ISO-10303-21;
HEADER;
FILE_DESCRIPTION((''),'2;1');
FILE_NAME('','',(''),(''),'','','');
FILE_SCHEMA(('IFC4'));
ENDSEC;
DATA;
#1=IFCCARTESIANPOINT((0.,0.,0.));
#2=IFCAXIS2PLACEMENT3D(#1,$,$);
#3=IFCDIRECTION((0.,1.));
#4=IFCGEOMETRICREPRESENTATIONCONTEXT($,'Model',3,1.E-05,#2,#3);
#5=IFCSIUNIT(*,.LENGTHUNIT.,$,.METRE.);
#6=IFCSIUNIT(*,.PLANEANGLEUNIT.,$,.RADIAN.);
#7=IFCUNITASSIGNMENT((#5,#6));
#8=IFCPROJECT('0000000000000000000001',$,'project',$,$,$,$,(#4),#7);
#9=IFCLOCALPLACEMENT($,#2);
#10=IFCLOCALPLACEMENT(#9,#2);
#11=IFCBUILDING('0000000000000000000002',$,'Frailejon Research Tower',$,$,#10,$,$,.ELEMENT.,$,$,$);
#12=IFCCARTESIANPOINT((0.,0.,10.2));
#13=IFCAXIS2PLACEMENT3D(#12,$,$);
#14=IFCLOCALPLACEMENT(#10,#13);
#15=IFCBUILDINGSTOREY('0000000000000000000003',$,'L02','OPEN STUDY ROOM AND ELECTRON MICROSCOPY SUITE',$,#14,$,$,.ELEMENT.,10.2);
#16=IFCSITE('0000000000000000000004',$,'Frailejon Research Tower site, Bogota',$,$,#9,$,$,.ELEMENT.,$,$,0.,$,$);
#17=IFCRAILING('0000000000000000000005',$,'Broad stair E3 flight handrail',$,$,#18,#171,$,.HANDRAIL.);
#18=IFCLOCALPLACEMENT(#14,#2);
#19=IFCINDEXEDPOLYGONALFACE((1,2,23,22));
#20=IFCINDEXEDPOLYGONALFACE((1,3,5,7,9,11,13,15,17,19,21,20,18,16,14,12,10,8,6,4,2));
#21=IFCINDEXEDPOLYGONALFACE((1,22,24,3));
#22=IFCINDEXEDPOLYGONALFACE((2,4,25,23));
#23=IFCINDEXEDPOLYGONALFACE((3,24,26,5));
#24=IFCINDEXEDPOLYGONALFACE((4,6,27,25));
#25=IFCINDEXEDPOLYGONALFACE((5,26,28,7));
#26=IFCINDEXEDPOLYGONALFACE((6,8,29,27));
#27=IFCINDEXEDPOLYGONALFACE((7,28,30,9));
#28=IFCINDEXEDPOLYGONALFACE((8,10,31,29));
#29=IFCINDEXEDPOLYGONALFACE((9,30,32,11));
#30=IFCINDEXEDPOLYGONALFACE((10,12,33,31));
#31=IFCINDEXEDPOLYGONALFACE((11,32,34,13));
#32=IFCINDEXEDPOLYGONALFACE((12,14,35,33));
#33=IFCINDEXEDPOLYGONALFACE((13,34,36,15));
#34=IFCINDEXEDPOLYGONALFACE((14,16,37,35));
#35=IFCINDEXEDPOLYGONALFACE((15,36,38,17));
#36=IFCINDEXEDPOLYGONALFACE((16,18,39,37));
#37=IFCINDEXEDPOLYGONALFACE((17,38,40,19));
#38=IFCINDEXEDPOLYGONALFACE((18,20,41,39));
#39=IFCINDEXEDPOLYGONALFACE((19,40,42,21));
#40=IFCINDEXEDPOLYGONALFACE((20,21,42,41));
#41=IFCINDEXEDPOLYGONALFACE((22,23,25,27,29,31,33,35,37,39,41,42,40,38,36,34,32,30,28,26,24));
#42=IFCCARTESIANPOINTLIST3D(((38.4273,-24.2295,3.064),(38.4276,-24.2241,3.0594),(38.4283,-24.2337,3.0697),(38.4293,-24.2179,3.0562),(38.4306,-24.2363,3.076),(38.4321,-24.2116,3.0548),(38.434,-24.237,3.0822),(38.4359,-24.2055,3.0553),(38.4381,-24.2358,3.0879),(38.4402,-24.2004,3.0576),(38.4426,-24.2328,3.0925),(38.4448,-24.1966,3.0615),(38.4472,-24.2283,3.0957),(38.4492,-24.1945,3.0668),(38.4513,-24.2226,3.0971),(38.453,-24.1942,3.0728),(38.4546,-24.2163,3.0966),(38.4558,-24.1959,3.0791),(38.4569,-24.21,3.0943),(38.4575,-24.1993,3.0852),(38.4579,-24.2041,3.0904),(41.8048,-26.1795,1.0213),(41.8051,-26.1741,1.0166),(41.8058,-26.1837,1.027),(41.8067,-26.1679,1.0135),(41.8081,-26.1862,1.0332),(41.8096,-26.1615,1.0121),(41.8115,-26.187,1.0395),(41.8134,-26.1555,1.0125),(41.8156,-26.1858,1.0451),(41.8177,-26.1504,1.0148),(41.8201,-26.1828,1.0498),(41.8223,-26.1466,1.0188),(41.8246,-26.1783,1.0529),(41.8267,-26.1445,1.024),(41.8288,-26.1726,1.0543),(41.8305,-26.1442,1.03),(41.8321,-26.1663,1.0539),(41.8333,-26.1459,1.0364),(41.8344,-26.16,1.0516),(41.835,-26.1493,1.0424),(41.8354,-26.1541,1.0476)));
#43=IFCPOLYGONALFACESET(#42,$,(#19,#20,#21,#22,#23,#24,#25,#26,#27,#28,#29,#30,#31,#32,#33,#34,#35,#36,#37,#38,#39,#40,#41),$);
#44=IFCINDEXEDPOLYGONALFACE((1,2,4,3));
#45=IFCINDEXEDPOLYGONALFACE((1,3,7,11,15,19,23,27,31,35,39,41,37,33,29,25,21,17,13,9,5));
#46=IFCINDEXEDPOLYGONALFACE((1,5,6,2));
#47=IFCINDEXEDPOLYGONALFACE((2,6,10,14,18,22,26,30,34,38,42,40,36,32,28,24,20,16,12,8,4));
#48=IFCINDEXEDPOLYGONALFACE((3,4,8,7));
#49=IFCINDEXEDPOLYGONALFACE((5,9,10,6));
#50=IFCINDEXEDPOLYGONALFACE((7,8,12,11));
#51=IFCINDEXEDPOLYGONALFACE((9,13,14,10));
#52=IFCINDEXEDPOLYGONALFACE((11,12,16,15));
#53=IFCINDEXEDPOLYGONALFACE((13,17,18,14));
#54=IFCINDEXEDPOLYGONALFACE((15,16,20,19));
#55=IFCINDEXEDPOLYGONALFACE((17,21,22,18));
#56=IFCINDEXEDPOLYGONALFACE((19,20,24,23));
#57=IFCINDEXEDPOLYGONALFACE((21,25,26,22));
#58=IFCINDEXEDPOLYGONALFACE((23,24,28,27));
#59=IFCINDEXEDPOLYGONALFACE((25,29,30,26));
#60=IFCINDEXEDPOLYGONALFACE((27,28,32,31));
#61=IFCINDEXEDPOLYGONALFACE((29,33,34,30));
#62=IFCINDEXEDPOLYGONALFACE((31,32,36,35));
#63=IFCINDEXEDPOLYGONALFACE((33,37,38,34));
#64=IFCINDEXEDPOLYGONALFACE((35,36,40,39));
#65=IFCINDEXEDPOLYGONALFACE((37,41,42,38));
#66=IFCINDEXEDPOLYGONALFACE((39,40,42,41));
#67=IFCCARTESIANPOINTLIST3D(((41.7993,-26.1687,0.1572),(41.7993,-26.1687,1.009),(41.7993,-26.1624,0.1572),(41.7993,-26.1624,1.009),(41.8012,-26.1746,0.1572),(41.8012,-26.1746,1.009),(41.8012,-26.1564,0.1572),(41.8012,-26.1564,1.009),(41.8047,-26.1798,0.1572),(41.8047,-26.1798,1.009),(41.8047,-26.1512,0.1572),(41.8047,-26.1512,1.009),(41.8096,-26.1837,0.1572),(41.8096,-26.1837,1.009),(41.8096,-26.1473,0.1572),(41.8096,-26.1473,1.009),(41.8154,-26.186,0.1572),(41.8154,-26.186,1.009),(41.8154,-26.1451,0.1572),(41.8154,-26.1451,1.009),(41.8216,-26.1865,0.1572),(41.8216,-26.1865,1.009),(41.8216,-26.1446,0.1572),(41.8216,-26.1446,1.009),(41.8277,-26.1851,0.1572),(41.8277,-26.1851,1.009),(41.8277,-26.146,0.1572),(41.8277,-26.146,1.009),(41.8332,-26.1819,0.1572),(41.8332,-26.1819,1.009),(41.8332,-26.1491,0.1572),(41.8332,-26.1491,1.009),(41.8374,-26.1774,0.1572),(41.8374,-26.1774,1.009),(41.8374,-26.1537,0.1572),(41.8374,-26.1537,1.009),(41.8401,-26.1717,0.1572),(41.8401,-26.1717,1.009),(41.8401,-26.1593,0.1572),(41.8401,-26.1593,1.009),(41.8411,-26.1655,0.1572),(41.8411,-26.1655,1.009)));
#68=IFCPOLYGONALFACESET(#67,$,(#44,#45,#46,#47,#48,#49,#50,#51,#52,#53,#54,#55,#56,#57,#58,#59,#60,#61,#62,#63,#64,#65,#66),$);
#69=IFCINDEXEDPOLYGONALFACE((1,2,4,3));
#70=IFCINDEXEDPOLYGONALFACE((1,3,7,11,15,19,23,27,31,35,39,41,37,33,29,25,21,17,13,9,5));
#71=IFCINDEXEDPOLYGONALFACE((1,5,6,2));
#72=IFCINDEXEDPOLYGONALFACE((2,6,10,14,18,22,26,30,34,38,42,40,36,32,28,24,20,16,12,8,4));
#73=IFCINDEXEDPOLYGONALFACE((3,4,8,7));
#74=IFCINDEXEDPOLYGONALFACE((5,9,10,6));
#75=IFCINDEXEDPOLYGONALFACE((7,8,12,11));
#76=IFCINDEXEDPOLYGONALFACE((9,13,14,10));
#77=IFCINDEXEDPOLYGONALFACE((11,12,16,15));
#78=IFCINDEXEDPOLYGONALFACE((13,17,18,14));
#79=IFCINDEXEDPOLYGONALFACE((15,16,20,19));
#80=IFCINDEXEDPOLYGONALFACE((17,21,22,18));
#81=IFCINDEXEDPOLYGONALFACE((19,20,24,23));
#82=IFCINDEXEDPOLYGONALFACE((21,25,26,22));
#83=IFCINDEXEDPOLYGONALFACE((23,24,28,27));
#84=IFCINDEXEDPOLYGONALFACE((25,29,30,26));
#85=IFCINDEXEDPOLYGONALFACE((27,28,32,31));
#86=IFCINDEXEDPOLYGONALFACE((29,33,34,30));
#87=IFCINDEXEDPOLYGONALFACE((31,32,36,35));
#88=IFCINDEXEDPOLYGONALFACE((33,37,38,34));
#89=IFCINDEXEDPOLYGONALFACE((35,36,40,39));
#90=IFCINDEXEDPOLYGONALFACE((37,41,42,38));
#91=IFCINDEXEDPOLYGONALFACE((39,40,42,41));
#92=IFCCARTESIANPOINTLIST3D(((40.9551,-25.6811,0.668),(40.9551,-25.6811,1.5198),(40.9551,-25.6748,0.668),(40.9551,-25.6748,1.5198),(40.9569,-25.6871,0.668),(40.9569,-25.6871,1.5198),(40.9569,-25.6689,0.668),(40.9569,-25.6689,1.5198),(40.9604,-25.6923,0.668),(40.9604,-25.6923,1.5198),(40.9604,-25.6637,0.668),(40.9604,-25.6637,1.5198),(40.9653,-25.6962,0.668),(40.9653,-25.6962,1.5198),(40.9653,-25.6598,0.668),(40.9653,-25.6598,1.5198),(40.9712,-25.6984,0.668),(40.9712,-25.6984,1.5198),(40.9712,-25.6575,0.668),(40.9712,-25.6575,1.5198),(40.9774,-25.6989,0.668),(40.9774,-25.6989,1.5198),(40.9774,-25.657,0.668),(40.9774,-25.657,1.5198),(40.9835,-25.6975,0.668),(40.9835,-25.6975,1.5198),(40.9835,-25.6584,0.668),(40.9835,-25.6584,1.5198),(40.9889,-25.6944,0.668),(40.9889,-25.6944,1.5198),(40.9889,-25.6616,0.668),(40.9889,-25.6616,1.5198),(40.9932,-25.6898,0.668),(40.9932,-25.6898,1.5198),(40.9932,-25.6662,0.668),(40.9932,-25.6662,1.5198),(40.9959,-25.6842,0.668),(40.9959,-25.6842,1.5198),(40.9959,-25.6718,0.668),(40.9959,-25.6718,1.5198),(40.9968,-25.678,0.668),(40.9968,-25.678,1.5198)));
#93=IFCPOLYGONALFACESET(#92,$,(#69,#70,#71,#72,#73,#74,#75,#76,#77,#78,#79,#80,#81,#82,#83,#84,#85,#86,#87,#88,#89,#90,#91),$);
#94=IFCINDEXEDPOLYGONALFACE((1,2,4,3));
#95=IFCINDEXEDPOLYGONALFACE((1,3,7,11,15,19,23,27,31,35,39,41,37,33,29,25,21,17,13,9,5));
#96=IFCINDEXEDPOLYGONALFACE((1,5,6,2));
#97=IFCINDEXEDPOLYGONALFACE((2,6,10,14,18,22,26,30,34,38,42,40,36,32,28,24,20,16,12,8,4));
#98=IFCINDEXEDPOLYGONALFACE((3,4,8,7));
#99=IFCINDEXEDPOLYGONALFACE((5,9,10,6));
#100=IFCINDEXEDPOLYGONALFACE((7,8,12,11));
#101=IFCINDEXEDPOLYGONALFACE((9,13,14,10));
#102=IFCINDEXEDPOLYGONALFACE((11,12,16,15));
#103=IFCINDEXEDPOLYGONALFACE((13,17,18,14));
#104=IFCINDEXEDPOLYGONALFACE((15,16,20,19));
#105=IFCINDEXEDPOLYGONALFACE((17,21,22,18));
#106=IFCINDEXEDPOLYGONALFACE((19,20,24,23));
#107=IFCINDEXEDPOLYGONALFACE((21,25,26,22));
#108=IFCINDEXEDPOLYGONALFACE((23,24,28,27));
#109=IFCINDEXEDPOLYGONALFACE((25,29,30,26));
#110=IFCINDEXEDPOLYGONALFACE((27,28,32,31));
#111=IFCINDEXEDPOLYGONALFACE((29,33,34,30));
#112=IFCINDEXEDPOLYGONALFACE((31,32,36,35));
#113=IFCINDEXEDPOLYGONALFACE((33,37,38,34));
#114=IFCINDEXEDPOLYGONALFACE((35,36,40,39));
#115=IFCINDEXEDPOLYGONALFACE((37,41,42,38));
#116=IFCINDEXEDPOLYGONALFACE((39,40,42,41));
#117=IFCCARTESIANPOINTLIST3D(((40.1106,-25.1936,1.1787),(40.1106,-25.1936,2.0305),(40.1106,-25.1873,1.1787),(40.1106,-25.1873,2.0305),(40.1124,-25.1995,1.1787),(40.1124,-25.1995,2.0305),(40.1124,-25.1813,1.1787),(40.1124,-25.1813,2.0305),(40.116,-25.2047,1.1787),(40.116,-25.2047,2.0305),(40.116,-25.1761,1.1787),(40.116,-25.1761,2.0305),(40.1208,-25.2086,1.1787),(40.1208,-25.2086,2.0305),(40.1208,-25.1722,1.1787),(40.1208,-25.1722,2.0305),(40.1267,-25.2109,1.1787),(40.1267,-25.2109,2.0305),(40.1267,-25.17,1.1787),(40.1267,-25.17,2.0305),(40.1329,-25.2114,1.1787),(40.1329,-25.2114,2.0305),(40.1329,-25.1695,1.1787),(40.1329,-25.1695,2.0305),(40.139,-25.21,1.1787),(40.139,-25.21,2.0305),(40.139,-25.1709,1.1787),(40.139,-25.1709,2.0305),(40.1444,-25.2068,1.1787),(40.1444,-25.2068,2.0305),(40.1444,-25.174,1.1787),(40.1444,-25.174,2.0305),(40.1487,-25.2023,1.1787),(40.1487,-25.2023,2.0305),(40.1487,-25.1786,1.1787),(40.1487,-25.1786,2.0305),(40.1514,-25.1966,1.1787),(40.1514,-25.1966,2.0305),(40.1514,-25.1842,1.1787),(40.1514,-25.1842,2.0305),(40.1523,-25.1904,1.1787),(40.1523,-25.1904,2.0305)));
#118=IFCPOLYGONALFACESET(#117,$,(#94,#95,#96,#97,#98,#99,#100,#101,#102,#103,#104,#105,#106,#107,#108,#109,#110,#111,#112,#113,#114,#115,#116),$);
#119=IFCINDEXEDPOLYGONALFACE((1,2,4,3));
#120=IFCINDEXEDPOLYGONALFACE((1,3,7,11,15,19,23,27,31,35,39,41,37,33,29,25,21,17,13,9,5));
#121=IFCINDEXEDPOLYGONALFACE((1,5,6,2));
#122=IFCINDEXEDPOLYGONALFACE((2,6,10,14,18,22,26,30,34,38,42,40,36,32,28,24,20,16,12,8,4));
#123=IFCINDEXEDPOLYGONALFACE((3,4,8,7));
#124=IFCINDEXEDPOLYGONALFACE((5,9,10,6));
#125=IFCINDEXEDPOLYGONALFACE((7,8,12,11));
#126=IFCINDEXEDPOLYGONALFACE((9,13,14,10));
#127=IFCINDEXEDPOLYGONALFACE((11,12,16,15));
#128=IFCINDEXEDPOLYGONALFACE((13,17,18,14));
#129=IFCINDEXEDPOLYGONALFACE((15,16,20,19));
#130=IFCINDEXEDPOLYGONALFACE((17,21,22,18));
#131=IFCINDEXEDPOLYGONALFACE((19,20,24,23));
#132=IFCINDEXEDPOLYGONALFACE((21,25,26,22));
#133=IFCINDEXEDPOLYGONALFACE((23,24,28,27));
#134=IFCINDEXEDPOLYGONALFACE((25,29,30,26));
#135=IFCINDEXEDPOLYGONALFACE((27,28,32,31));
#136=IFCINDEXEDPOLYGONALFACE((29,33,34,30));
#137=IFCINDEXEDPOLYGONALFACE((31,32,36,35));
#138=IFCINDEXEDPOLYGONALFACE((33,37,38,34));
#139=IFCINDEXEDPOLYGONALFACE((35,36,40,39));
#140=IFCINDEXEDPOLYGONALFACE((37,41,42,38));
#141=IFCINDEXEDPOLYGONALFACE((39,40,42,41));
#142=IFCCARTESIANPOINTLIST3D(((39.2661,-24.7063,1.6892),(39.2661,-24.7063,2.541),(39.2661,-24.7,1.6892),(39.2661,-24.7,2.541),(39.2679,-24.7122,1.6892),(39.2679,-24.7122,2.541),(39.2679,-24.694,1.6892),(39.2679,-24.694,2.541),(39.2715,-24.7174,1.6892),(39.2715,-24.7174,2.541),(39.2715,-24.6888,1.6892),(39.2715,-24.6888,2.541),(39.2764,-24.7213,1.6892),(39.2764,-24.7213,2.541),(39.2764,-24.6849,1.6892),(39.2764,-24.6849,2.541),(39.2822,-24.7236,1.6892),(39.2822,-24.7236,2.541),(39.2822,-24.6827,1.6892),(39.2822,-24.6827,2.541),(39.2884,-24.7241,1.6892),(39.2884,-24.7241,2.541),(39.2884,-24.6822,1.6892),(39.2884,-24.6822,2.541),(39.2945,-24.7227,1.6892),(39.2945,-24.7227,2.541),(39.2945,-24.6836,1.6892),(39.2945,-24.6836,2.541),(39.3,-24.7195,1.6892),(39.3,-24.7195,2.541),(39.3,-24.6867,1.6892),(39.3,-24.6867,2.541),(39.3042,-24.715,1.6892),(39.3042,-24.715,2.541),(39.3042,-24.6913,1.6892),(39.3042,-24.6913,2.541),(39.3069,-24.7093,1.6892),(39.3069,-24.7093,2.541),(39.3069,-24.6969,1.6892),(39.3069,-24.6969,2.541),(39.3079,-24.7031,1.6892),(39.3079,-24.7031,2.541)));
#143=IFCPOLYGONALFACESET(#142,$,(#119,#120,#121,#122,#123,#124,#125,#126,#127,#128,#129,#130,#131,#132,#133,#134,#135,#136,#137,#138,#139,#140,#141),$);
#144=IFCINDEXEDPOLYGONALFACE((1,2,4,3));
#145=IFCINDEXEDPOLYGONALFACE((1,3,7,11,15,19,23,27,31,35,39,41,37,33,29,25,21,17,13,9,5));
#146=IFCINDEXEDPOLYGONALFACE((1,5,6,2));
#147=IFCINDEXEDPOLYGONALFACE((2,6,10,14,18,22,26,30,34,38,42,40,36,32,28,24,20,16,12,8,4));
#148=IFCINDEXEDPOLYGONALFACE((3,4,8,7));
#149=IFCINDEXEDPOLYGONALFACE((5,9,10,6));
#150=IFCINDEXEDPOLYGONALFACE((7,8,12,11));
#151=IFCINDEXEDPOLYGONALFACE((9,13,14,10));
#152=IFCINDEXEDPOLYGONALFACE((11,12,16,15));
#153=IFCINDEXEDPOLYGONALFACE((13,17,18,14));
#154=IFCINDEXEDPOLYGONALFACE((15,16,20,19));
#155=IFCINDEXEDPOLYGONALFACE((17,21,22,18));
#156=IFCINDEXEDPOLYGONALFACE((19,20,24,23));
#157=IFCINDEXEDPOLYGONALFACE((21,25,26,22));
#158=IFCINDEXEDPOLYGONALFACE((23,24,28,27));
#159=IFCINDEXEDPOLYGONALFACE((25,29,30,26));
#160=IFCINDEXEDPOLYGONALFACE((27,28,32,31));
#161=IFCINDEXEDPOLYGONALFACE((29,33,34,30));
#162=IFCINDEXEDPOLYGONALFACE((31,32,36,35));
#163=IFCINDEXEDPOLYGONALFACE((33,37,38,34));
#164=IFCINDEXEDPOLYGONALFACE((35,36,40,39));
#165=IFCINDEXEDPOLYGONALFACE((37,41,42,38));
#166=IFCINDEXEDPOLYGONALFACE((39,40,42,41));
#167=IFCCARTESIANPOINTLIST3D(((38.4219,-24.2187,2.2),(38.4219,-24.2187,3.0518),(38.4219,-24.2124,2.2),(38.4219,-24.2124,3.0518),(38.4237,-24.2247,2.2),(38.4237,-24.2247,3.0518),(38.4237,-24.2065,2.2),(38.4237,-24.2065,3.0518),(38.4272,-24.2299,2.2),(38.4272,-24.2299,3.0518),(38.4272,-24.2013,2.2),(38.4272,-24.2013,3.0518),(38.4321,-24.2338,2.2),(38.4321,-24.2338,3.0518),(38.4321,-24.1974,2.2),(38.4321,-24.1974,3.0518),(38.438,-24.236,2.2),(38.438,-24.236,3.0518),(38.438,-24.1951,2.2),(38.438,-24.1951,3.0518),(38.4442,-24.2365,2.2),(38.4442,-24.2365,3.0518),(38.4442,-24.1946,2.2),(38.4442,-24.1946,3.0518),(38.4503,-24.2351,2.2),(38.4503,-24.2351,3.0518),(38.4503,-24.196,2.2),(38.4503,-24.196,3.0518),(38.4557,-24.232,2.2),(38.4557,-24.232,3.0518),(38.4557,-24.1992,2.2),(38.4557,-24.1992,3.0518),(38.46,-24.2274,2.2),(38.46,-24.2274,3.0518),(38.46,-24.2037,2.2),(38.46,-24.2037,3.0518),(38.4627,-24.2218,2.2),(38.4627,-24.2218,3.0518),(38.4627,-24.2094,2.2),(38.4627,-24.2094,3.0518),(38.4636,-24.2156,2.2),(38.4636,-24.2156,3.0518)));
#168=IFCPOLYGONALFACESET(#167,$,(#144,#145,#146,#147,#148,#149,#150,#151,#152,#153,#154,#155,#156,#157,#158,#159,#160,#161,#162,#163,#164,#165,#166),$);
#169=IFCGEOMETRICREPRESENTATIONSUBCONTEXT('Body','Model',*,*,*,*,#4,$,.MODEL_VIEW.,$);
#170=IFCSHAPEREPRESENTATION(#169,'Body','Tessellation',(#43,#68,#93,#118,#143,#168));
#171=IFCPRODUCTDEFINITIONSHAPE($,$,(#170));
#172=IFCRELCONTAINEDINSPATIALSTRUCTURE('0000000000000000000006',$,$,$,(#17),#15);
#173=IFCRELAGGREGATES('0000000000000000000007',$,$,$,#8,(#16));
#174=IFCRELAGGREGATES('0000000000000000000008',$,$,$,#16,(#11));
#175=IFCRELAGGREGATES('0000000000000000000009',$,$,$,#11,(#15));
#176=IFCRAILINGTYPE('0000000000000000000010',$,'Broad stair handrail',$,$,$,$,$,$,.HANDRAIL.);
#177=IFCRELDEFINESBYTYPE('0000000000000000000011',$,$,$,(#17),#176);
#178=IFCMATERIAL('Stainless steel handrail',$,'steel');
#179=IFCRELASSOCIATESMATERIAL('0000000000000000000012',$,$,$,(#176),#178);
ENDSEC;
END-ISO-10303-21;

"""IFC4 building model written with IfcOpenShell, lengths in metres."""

from ifc_helpers import new_model, si_unit, direction, frame, origin, origin_2d, place, context, subcontext, project, spatial, circle, extrude, material, type_object, element, save


model = new_model("IFC4")

# Units and contexts
model_context = context("Model", 3, precision=1e-05, world=origin(), true_north=direction((0.0, 1.0)))
body_context = subcontext(model_context, "Body", "Model", "MODEL_VIEW")
ifc_project = project(units=[si_unit("LENGTHUNIT", "METRE"), si_unit("PLANEANGLEUNIT", "RADIAN")], contexts=[model_context])

# Site, building, storey
site_placement = place(None, origin())
site = spatial("IfcSite", under=ifc_project, at=site_placement, Name="Frailejon Research Tower site, Bogota", CompositionType="ELEMENT", RefElevation=0.0)
building_placement = place(site_placement, origin())
building = spatial("IfcBuilding", under=site, at=building_placement, Name="Frailejon Research Tower", CompositionType="ELEMENT")
storey_placement = place(building_placement, frame((0.0, 0.0, 10.2)))
storey = spatial("IfcBuildingStorey", under=building, at=storey_placement, Name="L02", Description="OPEN STUDY ROOM AND ELECTRON MICROSCOPY SUITE", CompositionType="ELEMENT", Elevation=10.2)

# Railing
ifc_material_1 = material(Name="Stainless steel handrail", Category="steel")
railing_type_1 = type_object("IfcRailingType", Name="Broad stair handrail", PredefinedType="HANDRAIL", material=ifc_material_1)
for number, where, name in (
    (1, (41.8201, -26.1655, 0.1572), "Broad stair E3 flight handrail"),
):
    element("IfcRailing", number, at=place(storey_placement, frame(where)), inside=storey, type_object=railing_type_1, Name=name, PredefinedType="HANDRAIL", context=body_context, shape_type="SweptSolid", body=[
        extrude(circle(Radius=0.0239, at=origin_2d()), frame((0.0, 0.0, 0.876), z_axis=(-0.767162, 0.442917, 0.46399), x_axis=(-0.499997, -0.866027, 0.0)), (0.0, 0.0, 1.0), 4.4026),
        extrude(circle(Radius=0.021, at=origin_2d()), origin(), (0.0, 0.0, 1.0), 0.8518),
        extrude(circle(Radius=0.021, at=origin_2d()), frame((-0.8442, 0.4875, 0.5107)), (0.0, 0.0, 1.0), 0.8518),
        extrude(circle(Radius=0.021, at=origin_2d()), frame((-1.6887, 0.9751, 1.0215)), (0.0, 0.0, 1.0), 0.8518),
        extrude(circle(Radius=0.021, at=origin_2d()), frame((-2.5332, 1.4624, 1.532)), (0.0, 0.0, 1.0), 0.8518),
        extrude(circle(Radius=0.021, at=origin_2d()), frame((-3.3774, 1.95, 2.0427)), (0.0, 0.0, 1.0), 0.8518),
    ])

save(model, "model.ifc")
